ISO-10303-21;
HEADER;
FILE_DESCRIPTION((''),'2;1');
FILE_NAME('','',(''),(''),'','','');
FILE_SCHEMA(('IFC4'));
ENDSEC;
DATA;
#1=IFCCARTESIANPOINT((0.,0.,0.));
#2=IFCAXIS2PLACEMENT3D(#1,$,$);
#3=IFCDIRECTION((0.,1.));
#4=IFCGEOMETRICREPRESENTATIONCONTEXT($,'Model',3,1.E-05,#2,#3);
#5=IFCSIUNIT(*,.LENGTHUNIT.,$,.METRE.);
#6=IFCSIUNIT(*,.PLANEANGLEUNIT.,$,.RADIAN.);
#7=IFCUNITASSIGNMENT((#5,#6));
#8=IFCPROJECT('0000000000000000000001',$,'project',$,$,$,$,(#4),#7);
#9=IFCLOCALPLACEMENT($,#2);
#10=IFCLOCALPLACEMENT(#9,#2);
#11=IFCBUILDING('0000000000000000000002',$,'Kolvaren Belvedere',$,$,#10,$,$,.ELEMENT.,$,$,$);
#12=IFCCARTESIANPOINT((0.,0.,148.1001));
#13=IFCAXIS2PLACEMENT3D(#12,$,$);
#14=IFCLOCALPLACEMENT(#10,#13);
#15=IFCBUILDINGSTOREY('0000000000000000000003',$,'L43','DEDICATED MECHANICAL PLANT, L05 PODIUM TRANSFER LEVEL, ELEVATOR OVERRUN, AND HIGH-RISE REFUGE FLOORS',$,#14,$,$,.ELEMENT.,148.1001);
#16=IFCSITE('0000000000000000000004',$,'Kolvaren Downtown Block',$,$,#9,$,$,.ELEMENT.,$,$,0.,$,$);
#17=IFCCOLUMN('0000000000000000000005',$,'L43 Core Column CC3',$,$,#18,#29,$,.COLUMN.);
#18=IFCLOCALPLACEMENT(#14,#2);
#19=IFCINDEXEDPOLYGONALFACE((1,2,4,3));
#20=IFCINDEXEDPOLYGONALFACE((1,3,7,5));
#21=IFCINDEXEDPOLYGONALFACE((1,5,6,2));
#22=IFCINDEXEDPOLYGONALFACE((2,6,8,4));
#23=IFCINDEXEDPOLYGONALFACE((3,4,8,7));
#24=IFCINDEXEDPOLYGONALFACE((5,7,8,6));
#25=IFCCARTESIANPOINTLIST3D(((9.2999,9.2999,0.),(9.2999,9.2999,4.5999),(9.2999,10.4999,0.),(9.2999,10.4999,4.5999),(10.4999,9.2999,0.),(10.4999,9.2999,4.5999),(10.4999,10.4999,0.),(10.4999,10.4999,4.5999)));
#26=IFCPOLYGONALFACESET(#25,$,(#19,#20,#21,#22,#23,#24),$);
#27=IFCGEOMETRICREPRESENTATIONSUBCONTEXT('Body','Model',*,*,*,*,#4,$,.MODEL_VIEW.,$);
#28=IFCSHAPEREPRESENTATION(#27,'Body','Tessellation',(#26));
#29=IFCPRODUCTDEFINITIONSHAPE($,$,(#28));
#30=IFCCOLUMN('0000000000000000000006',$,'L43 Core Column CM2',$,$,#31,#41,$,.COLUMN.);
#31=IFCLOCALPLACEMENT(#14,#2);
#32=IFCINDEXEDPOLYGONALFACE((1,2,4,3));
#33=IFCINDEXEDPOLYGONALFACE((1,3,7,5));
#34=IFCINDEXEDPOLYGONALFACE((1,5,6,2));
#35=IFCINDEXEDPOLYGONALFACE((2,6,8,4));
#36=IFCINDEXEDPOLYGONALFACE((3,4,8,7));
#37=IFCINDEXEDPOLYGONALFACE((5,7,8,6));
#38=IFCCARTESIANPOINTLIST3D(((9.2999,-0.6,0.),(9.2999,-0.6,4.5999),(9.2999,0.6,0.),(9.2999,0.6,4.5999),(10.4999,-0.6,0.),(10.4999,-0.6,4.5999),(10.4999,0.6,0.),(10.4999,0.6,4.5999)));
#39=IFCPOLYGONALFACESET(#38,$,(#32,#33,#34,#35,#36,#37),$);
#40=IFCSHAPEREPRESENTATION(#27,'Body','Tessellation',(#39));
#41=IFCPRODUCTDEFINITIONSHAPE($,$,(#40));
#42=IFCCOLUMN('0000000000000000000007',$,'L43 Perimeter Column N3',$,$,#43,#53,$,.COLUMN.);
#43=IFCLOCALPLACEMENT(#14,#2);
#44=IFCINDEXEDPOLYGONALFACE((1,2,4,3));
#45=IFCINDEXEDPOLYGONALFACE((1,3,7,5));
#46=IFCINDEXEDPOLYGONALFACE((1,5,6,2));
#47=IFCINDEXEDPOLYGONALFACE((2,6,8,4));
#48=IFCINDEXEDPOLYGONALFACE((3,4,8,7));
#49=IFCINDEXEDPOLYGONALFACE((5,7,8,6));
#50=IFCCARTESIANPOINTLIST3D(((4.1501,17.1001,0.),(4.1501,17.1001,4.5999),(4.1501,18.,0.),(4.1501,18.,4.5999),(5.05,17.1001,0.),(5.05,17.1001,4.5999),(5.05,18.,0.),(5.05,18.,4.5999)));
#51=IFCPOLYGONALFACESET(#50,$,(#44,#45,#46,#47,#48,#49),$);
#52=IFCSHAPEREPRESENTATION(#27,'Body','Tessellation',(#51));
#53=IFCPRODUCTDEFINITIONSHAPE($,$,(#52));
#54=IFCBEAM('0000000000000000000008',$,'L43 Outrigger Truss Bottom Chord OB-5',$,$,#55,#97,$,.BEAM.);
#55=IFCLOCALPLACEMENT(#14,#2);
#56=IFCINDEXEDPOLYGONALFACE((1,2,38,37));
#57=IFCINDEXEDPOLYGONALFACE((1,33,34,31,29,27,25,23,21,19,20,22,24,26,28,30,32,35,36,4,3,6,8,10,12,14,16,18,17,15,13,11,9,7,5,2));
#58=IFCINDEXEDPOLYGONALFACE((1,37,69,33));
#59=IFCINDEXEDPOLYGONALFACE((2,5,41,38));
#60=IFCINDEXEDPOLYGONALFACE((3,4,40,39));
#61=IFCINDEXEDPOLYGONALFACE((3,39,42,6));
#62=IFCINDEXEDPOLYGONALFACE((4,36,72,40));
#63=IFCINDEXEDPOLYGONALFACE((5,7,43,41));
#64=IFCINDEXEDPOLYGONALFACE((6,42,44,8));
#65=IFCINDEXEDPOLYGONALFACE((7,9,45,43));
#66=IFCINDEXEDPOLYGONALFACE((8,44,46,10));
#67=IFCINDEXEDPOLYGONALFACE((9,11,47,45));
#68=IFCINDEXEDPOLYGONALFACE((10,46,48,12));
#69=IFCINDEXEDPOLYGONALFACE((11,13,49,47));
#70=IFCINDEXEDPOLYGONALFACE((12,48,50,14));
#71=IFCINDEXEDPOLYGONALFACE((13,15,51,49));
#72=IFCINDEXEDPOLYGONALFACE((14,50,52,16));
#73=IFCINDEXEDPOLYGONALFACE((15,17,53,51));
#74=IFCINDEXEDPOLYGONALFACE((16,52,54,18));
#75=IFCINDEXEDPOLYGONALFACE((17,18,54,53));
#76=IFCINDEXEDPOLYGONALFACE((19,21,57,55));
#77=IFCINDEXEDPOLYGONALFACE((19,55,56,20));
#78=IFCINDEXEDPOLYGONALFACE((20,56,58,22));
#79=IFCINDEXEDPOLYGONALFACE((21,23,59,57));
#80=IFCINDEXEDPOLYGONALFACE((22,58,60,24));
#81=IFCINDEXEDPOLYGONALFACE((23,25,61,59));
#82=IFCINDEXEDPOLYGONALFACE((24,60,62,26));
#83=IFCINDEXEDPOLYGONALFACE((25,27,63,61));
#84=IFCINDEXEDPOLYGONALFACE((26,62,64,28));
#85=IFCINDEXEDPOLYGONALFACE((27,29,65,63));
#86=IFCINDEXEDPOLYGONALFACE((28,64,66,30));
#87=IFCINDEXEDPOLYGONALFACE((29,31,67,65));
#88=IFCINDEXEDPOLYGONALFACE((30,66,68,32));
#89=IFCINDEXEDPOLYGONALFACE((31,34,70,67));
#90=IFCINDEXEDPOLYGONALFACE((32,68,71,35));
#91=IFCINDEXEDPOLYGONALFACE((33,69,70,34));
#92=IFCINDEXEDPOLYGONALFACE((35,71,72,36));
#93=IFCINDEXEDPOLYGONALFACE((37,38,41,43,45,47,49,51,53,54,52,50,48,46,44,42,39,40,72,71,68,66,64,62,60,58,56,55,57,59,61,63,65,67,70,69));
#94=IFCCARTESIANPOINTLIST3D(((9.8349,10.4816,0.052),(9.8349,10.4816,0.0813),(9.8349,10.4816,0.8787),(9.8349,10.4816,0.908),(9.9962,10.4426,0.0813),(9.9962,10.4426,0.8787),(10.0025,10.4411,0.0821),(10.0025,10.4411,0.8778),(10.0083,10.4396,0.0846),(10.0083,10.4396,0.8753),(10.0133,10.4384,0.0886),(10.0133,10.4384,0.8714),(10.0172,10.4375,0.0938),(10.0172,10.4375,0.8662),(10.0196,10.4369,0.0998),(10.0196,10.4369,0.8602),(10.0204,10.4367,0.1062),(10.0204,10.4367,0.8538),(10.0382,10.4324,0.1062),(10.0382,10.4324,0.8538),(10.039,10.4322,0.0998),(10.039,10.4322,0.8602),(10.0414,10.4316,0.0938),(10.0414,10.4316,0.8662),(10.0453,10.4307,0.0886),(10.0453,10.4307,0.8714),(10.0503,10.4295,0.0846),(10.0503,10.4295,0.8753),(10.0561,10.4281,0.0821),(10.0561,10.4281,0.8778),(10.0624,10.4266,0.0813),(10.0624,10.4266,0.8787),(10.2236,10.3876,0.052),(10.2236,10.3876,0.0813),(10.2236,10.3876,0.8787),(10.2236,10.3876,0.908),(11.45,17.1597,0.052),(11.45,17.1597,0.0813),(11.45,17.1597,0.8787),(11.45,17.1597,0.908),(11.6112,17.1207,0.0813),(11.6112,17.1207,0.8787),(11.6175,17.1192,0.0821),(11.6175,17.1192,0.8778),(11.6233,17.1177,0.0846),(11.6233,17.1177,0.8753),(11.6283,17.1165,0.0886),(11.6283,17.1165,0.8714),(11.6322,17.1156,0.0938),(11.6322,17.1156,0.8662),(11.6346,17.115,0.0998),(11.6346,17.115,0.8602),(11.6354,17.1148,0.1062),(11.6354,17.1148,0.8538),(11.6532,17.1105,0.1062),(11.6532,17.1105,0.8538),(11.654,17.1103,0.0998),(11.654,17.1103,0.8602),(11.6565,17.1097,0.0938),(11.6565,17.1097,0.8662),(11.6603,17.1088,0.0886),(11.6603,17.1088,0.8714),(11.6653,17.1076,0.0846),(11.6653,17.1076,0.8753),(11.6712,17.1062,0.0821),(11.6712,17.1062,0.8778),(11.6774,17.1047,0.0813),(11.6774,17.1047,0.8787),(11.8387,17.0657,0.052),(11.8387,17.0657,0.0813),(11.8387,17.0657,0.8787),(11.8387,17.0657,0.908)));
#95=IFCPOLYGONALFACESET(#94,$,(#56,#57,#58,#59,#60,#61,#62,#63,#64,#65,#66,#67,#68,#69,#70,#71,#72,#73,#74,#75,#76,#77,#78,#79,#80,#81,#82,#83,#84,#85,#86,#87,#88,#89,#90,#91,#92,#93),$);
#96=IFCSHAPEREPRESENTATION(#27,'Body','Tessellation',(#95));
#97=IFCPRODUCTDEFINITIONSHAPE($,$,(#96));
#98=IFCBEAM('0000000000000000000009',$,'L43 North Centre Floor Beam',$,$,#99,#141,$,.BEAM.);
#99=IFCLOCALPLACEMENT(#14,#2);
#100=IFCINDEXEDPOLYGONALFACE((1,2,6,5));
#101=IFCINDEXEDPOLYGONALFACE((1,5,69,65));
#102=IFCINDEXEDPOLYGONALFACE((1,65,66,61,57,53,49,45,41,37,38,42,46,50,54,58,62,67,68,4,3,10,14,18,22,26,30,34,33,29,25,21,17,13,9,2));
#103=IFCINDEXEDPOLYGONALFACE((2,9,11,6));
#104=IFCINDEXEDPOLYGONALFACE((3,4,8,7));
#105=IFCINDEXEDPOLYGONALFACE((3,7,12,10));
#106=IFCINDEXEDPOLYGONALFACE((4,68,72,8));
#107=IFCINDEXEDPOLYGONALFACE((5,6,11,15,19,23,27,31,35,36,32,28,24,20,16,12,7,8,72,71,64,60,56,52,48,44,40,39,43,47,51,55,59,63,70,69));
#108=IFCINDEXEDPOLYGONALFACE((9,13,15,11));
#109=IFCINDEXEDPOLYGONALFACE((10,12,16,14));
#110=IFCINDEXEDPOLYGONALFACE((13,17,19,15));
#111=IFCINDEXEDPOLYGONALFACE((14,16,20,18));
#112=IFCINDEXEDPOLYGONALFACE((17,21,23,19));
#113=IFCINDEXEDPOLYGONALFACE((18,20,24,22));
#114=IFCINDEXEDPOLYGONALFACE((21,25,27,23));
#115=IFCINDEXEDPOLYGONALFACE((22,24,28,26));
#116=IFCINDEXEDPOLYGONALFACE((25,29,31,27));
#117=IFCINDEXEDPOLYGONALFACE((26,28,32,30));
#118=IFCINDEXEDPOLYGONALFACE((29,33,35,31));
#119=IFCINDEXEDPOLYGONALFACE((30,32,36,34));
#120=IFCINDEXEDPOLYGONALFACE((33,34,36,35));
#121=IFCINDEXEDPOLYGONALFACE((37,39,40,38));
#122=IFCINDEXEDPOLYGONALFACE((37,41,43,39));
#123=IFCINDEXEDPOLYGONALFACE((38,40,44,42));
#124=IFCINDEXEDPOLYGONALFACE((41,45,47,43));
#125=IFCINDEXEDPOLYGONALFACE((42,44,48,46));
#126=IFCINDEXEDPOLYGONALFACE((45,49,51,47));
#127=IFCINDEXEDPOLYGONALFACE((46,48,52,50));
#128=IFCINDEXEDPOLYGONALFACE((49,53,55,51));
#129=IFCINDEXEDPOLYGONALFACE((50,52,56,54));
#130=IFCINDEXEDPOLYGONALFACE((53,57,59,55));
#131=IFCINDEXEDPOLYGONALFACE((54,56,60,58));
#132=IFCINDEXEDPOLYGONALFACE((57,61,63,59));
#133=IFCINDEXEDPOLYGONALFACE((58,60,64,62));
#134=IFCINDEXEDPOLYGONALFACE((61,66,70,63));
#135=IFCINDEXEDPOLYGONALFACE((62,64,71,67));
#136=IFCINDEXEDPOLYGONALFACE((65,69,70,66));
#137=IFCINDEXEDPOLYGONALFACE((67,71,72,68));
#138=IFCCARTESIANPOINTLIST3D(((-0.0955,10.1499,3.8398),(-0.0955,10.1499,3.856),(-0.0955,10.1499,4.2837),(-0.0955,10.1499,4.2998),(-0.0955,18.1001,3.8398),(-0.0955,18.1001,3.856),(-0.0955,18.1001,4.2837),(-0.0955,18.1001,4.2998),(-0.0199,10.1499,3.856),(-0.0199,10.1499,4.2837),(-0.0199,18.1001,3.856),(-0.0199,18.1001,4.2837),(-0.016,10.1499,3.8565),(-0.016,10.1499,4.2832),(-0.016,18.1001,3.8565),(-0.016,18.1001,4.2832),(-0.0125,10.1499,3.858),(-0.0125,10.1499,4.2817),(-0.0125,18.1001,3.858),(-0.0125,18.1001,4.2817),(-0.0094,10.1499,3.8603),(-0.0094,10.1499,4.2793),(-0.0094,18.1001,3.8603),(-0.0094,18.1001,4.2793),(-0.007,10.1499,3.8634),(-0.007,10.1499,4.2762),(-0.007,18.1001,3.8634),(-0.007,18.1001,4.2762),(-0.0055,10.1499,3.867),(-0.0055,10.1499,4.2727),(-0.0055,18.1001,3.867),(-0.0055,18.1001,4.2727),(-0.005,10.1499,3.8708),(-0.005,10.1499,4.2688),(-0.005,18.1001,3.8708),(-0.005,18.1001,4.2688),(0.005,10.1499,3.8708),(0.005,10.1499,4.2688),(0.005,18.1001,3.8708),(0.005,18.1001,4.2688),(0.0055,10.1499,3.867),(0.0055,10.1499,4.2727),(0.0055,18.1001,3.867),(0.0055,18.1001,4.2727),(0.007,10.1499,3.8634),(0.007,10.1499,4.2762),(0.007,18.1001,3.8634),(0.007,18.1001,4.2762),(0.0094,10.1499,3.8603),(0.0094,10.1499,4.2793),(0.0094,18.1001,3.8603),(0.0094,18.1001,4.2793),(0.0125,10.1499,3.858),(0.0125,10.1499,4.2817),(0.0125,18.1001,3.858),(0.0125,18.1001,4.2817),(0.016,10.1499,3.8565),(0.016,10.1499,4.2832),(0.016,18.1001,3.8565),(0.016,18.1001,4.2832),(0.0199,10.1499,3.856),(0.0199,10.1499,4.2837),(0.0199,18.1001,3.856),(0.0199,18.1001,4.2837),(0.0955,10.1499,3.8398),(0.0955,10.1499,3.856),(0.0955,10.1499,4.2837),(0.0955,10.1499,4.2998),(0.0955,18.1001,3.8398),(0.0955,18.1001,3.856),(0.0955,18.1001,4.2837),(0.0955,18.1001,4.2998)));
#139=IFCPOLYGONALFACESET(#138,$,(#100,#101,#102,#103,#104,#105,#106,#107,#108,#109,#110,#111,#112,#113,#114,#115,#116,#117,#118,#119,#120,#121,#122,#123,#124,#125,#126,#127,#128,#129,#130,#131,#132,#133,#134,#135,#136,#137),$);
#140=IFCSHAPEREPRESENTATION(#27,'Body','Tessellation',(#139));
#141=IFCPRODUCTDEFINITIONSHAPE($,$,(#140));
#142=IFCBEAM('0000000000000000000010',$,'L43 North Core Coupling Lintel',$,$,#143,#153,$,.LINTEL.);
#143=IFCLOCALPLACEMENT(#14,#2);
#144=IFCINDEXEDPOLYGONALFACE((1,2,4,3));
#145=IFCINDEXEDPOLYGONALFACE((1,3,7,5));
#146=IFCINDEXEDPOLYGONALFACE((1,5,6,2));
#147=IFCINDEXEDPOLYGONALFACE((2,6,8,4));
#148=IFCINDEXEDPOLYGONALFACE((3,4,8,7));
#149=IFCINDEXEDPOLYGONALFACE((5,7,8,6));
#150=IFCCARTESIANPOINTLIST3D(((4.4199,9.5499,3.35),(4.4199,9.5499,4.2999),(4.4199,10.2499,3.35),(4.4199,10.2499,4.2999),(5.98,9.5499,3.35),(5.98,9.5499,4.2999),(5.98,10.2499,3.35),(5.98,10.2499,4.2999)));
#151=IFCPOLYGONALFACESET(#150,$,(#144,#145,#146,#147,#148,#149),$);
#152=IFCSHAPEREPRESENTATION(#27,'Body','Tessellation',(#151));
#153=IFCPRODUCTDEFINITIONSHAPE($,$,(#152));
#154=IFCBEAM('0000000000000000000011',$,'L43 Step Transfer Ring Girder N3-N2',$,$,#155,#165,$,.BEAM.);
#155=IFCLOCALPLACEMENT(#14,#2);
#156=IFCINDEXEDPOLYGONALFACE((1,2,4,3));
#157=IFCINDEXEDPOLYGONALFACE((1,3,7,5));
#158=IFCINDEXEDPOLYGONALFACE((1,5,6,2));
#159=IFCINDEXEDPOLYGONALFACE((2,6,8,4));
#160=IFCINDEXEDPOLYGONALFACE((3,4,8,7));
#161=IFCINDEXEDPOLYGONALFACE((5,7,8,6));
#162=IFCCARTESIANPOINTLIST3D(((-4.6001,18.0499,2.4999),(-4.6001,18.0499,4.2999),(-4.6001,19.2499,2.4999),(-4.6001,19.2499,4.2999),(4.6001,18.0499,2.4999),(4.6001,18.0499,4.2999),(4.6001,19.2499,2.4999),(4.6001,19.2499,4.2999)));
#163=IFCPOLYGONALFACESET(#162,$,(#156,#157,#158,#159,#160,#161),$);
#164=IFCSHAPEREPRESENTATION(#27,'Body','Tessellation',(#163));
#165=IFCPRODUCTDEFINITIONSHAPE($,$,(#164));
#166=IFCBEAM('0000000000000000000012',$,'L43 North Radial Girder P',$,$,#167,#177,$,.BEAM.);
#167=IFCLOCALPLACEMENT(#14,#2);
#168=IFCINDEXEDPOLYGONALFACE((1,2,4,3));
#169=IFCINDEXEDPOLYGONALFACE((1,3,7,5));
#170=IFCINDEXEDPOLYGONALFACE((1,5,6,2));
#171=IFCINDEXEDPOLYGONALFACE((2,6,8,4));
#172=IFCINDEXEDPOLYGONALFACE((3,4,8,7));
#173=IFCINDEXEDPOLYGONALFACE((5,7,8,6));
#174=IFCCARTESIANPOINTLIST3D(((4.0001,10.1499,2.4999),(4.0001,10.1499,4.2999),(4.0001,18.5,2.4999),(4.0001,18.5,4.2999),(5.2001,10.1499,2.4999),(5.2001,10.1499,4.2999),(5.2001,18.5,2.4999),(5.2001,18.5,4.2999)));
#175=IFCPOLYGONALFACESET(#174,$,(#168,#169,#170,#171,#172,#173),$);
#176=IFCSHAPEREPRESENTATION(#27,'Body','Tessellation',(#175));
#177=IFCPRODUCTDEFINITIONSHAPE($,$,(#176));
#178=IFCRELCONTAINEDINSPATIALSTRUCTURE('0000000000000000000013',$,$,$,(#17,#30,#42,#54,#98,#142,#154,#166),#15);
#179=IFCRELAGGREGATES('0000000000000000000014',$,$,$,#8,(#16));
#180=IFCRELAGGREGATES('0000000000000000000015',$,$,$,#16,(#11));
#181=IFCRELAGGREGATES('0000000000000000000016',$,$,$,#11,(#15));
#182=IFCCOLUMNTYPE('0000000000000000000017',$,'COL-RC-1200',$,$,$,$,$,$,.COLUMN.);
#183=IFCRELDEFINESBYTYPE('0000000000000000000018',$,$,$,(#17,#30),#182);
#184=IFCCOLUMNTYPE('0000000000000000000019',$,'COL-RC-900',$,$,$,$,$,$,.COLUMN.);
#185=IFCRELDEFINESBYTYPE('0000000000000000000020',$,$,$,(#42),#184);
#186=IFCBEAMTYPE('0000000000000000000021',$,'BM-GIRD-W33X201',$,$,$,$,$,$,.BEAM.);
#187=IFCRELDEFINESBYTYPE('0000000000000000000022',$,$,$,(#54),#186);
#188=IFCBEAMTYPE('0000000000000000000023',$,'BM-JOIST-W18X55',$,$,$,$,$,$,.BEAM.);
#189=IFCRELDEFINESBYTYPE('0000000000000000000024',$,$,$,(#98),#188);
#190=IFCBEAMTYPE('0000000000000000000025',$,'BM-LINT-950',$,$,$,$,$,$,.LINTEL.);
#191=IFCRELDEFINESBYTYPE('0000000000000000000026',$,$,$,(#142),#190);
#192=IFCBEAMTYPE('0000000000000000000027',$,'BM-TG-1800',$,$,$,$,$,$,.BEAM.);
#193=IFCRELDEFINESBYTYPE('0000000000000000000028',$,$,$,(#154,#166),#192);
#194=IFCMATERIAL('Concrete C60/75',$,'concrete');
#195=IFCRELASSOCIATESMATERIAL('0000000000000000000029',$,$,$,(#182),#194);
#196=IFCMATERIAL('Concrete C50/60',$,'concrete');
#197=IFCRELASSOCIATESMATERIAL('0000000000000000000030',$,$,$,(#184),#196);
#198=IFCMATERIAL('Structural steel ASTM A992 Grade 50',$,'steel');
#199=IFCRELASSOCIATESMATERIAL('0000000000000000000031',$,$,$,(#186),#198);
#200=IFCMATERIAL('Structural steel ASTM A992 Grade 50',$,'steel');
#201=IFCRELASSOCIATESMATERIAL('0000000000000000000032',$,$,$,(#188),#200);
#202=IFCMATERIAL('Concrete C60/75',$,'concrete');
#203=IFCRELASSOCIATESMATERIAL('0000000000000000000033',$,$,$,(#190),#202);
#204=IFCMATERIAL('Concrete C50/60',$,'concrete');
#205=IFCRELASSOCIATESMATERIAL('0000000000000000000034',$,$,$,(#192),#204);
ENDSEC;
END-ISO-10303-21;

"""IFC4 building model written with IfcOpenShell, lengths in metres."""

from ifc_helpers import new_model, si_unit, direction, frame, origin, origin_2d, place, context, subcontext, project, spatial, rectangle, i_section, extrude, material, material_profile, profile_set, type_object, element, save


model = new_model("IFC4")

# Units and contexts
model_context = context("Model", 3, precision=1e-05, world=origin(), true_north=direction((0.0, 1.0)))
body_context = subcontext(model_context, "Body", "Model", "MODEL_VIEW")
ifc_project = project(units=[si_unit("LENGTHUNIT", "METRE"), si_unit("PLANEANGLEUNIT", "RADIAN")], contexts=[model_context])

# Site, building, storey
site_placement = place(None, origin())
site = spatial("IfcSite", under=ifc_project, at=site_placement, Name="Kolvaren Downtown Block", CompositionType="ELEMENT", RefElevation=0.0)
building_placement = place(site_placement, origin())
building = spatial("IfcBuilding", under=site, at=building_placement, Name="Kolvaren Belvedere", CompositionType="ELEMENT")
storey_placement = place(building_placement, frame((0.0, 0.0, 148.1001)))
storey = spatial("IfcBuildingStorey", under=building, at=storey_placement, Name="L43", Description="DEDICATED MECHANICAL PLANT, L05 PODIUM TRANSFER LEVEL, ELEVATOR OVERRUN, AND HIGH-RISE REFUGE FLOORS", CompositionType="ELEMENT", Elevation=148.1001)

# Columns
ifc_material_1 = material(Name="Concrete C60/75", Category="concrete")
ifc_material_profile_1 = material_profile(ifc_material_1, rectangle(XDim=1.2, YDim=1.2, at=origin_2d()), Name="RC 1200X1200")
ifc_profile_set_1 = profile_set([ifc_material_profile_1], Name="Concrete C60/75")
column_type_1 = type_object("IfcColumnType", Name="COL-RC-1200", PredefinedType="COLUMN", material=ifc_profile_set_1)
for number, where, z_axis, x_axis, name in (
    (1, (9.8999, 9.8999, 0.0), (0.0, 0.0, 1.0), (1.0, 0.0, 0.0), "L43 Core Column CC3"),
    (2, (9.8999, 0.0, 0.0), (0.0, 0.0, 1.0), (1.0, 0.0, 0.0), "L43 Core Column CM2"),
):
    element("IfcColumn", number, at=place(storey_placement, frame(where, z_axis=z_axis, x_axis=x_axis)), inside=storey, type_object=column_type_1, Name=name, PredefinedType="COLUMN", context=body_context, shape_type="SweptSolid", body=[
        extrude(rectangle(XDim=1.2, YDim=1.2, at=origin_2d()), origin(), (0.0, 0.0, 1.0), 4.5999),
    ])
ifc_material_2 = material(Name="Concrete C50/60", Category="concrete")
ifc_material_profile_2 = material_profile(ifc_material_2, rectangle(XDim=0.8999, YDim=0.8999, at=origin_2d()), Name="RC 900X900")
ifc_profile_set_2 = profile_set([ifc_material_profile_2], Name="Concrete C50/60")
column_type_2 = type_object("IfcColumnType", Name="COL-RC-900", PredefinedType="COLUMN", material=ifc_profile_set_2)
column_placement = place(storey_placement, frame((4.6001, 17.55, 0.0), z_axis=(0.0, 0.0, 1.0), x_axis=(1.0, 0.0, 0.0)))
element("IfcColumn", 3, at=column_placement, inside=storey, type_object=column_type_2, Name="L43 Perimeter Column N3", PredefinedType="COLUMN", context=body_context, shape_type="SweptSolid", body=[
    extrude(rectangle(XDim=0.8999, YDim=0.8999, at=origin_2d()), origin(), (0.0, 0.0, 1.0), 4.5999),
])

# Beams
ifc_material_3 = material(Name="Structural steel ASTM A992 Grade 50", Category="steel")
ifc_material_profile_3 = material_profile(ifc_material_3, i_section(OverallWidth=0.3999, OverallDepth=0.856, WebThickness=0.0183, FlangeThickness=0.0293, FilletRadius=0.0249, at=origin_2d()), Name="W33X201")
ifc_profile_set_3 = profile_set([ifc_material_profile_3], Name="Structural steel ASTM A992 Grade 50")
beam_type_1 = type_object("IfcBeamType", Name="BM-GIRD-W33X201", PredefinedType="BEAM", material=ifc_profile_set_3)
beam_1_placement = place(storey_placement, frame((10.0293, 10.4346, 0.48), z_axis=(0.235062, 0.97198, 0.0), x_axis=(-0.97198, 0.235062, 0.0)))
element("IfcBeam", 4, at=beam_1_placement, inside=storey, type_object=beam_type_1, Name="L43 Outrigger Truss Bottom Chord OB-5", PredefinedType="BEAM", context=body_context, shape_type="SweptSolid", body=[
    extrude(i_section(OverallWidth=0.3999, OverallDepth=0.856, WebThickness=0.0183, FlangeThickness=0.0293, FilletRadius=0.0249, at=origin_2d()), origin(), (0.0, 0.0, 1.0), 6.8706),
])
ifc_material_4 = material(Name="Structural steel ASTM A992 Grade 50", Category="steel")
ifc_material_profile_4 = material_profile(ifc_material_4, i_section(OverallWidth=0.1909, OverallDepth=0.46, WebThickness=0.01, FlangeThickness=0.0161, FilletRadius=0.0149, at=origin_2d()), Name="W18X55")
ifc_profile_set_4 = profile_set([ifc_material_profile_4], Name="Structural steel ASTM A992 Grade 50")
beam_type_2 = type_object("IfcBeamType", Name="BM-JOIST-W18X55", PredefinedType="BEAM", material=ifc_profile_set_4)
beam_2_placement = place(storey_placement, frame((0.0, 10.1499, 4.0698), z_axis=(0.0, 1.0, 0.0), x_axis=(-1.0, 0.0, 0.0)))
element("IfcBeam", 5, at=beam_2_placement, inside=storey, type_object=beam_type_2, Name="L43 North Centre Floor Beam", PredefinedType="BEAM", context=body_context, shape_type="SweptSolid", body=[
    extrude(i_section(OverallWidth=0.1909, OverallDepth=0.46, WebThickness=0.01, FlangeThickness=0.0161, FilletRadius=0.0149, at=origin_2d()), origin(), (0.0, 0.0, 1.0), 7.9502),
])
ifc_material_5 = material(Name="Concrete C60/75", Category="concrete")
ifc_material_profile_5 = material_profile(ifc_material_5, rectangle(XDim=0.7, YDim=0.95, at=origin_2d()), Name="RC 700X950")
ifc_profile_set_5 = profile_set([ifc_material_profile_5], Name="Concrete C60/75")
beam_type_3 = type_object("IfcBeamType", Name="BM-LINT-950", PredefinedType="LINTEL", material=ifc_profile_set_5)
beam_3_placement = place(storey_placement, frame((4.4199, 9.8999, 3.825), z_axis=(1.0, 0.0, 0.0), x_axis=(0.0, 1.0, 0.0)))
element("IfcBeam", 6, at=beam_3_placement, inside=storey, type_object=beam_type_3, Name="L43 North Core Coupling Lintel", PredefinedType="LINTEL", context=body_context, shape_type="SweptSolid", body=[
    extrude(rectangle(XDim=0.7, YDim=0.95, at=origin_2d()), origin(), (0.0, 0.0, 1.0), 1.5601),
])
ifc_material_6 = material(Name="Concrete C50/60", Category="concrete")
ifc_material_profile_6 = material_profile(ifc_material_6, rectangle(XDim=1.2, YDim=1.8, at=origin_2d()), Name="RC 1200X1800")
ifc_profile_set_6 = profile_set([ifc_material_profile_6], Name="Concrete C50/60")
beam_type_4 = type_object("IfcBeamType", Name="BM-TG-1800", PredefinedType="BEAM", material=ifc_profile_set_6)
beam_4_placement = place(storey_placement, frame((4.6001, 18.6499, 3.3999), z_axis=(-1.0, 0.0, 0.0), x_axis=(0.0, -1.0, 0.0)))
element("IfcBeam", 7, at=beam_4_placement, inside=storey, type_object=beam_type_4, Name="L43 Step Transfer Ring Girder N3-N2", PredefinedType="BEAM", context=body_context, shape_type="SweptSolid", body=[
    extrude(rectangle(XDim=1.2, YDim=1.8, at=origin_2d()), origin(), (0.0, 0.0, 1.0), 9.2002),
])
beam_5_placement = place(storey_placement, frame((4.6001, 10.1499, 3.3999), z_axis=(0.0, 1.0, 0.0), x_axis=(-1.0, 0.0, 0.0)))
element("IfcBeam", 8, at=beam_5_placement, inside=storey, type_object=beam_type_4, Name="L43 North Radial Girder P", PredefinedType="BEAM", context=body_context, shape_type="SweptSolid", body=[
    extrude(rectangle(XDim=1.2, YDim=1.8, at=origin_2d()), origin(), (0.0, 0.0, 1.0), 8.3501),
])

save(model, "model.ifc")
